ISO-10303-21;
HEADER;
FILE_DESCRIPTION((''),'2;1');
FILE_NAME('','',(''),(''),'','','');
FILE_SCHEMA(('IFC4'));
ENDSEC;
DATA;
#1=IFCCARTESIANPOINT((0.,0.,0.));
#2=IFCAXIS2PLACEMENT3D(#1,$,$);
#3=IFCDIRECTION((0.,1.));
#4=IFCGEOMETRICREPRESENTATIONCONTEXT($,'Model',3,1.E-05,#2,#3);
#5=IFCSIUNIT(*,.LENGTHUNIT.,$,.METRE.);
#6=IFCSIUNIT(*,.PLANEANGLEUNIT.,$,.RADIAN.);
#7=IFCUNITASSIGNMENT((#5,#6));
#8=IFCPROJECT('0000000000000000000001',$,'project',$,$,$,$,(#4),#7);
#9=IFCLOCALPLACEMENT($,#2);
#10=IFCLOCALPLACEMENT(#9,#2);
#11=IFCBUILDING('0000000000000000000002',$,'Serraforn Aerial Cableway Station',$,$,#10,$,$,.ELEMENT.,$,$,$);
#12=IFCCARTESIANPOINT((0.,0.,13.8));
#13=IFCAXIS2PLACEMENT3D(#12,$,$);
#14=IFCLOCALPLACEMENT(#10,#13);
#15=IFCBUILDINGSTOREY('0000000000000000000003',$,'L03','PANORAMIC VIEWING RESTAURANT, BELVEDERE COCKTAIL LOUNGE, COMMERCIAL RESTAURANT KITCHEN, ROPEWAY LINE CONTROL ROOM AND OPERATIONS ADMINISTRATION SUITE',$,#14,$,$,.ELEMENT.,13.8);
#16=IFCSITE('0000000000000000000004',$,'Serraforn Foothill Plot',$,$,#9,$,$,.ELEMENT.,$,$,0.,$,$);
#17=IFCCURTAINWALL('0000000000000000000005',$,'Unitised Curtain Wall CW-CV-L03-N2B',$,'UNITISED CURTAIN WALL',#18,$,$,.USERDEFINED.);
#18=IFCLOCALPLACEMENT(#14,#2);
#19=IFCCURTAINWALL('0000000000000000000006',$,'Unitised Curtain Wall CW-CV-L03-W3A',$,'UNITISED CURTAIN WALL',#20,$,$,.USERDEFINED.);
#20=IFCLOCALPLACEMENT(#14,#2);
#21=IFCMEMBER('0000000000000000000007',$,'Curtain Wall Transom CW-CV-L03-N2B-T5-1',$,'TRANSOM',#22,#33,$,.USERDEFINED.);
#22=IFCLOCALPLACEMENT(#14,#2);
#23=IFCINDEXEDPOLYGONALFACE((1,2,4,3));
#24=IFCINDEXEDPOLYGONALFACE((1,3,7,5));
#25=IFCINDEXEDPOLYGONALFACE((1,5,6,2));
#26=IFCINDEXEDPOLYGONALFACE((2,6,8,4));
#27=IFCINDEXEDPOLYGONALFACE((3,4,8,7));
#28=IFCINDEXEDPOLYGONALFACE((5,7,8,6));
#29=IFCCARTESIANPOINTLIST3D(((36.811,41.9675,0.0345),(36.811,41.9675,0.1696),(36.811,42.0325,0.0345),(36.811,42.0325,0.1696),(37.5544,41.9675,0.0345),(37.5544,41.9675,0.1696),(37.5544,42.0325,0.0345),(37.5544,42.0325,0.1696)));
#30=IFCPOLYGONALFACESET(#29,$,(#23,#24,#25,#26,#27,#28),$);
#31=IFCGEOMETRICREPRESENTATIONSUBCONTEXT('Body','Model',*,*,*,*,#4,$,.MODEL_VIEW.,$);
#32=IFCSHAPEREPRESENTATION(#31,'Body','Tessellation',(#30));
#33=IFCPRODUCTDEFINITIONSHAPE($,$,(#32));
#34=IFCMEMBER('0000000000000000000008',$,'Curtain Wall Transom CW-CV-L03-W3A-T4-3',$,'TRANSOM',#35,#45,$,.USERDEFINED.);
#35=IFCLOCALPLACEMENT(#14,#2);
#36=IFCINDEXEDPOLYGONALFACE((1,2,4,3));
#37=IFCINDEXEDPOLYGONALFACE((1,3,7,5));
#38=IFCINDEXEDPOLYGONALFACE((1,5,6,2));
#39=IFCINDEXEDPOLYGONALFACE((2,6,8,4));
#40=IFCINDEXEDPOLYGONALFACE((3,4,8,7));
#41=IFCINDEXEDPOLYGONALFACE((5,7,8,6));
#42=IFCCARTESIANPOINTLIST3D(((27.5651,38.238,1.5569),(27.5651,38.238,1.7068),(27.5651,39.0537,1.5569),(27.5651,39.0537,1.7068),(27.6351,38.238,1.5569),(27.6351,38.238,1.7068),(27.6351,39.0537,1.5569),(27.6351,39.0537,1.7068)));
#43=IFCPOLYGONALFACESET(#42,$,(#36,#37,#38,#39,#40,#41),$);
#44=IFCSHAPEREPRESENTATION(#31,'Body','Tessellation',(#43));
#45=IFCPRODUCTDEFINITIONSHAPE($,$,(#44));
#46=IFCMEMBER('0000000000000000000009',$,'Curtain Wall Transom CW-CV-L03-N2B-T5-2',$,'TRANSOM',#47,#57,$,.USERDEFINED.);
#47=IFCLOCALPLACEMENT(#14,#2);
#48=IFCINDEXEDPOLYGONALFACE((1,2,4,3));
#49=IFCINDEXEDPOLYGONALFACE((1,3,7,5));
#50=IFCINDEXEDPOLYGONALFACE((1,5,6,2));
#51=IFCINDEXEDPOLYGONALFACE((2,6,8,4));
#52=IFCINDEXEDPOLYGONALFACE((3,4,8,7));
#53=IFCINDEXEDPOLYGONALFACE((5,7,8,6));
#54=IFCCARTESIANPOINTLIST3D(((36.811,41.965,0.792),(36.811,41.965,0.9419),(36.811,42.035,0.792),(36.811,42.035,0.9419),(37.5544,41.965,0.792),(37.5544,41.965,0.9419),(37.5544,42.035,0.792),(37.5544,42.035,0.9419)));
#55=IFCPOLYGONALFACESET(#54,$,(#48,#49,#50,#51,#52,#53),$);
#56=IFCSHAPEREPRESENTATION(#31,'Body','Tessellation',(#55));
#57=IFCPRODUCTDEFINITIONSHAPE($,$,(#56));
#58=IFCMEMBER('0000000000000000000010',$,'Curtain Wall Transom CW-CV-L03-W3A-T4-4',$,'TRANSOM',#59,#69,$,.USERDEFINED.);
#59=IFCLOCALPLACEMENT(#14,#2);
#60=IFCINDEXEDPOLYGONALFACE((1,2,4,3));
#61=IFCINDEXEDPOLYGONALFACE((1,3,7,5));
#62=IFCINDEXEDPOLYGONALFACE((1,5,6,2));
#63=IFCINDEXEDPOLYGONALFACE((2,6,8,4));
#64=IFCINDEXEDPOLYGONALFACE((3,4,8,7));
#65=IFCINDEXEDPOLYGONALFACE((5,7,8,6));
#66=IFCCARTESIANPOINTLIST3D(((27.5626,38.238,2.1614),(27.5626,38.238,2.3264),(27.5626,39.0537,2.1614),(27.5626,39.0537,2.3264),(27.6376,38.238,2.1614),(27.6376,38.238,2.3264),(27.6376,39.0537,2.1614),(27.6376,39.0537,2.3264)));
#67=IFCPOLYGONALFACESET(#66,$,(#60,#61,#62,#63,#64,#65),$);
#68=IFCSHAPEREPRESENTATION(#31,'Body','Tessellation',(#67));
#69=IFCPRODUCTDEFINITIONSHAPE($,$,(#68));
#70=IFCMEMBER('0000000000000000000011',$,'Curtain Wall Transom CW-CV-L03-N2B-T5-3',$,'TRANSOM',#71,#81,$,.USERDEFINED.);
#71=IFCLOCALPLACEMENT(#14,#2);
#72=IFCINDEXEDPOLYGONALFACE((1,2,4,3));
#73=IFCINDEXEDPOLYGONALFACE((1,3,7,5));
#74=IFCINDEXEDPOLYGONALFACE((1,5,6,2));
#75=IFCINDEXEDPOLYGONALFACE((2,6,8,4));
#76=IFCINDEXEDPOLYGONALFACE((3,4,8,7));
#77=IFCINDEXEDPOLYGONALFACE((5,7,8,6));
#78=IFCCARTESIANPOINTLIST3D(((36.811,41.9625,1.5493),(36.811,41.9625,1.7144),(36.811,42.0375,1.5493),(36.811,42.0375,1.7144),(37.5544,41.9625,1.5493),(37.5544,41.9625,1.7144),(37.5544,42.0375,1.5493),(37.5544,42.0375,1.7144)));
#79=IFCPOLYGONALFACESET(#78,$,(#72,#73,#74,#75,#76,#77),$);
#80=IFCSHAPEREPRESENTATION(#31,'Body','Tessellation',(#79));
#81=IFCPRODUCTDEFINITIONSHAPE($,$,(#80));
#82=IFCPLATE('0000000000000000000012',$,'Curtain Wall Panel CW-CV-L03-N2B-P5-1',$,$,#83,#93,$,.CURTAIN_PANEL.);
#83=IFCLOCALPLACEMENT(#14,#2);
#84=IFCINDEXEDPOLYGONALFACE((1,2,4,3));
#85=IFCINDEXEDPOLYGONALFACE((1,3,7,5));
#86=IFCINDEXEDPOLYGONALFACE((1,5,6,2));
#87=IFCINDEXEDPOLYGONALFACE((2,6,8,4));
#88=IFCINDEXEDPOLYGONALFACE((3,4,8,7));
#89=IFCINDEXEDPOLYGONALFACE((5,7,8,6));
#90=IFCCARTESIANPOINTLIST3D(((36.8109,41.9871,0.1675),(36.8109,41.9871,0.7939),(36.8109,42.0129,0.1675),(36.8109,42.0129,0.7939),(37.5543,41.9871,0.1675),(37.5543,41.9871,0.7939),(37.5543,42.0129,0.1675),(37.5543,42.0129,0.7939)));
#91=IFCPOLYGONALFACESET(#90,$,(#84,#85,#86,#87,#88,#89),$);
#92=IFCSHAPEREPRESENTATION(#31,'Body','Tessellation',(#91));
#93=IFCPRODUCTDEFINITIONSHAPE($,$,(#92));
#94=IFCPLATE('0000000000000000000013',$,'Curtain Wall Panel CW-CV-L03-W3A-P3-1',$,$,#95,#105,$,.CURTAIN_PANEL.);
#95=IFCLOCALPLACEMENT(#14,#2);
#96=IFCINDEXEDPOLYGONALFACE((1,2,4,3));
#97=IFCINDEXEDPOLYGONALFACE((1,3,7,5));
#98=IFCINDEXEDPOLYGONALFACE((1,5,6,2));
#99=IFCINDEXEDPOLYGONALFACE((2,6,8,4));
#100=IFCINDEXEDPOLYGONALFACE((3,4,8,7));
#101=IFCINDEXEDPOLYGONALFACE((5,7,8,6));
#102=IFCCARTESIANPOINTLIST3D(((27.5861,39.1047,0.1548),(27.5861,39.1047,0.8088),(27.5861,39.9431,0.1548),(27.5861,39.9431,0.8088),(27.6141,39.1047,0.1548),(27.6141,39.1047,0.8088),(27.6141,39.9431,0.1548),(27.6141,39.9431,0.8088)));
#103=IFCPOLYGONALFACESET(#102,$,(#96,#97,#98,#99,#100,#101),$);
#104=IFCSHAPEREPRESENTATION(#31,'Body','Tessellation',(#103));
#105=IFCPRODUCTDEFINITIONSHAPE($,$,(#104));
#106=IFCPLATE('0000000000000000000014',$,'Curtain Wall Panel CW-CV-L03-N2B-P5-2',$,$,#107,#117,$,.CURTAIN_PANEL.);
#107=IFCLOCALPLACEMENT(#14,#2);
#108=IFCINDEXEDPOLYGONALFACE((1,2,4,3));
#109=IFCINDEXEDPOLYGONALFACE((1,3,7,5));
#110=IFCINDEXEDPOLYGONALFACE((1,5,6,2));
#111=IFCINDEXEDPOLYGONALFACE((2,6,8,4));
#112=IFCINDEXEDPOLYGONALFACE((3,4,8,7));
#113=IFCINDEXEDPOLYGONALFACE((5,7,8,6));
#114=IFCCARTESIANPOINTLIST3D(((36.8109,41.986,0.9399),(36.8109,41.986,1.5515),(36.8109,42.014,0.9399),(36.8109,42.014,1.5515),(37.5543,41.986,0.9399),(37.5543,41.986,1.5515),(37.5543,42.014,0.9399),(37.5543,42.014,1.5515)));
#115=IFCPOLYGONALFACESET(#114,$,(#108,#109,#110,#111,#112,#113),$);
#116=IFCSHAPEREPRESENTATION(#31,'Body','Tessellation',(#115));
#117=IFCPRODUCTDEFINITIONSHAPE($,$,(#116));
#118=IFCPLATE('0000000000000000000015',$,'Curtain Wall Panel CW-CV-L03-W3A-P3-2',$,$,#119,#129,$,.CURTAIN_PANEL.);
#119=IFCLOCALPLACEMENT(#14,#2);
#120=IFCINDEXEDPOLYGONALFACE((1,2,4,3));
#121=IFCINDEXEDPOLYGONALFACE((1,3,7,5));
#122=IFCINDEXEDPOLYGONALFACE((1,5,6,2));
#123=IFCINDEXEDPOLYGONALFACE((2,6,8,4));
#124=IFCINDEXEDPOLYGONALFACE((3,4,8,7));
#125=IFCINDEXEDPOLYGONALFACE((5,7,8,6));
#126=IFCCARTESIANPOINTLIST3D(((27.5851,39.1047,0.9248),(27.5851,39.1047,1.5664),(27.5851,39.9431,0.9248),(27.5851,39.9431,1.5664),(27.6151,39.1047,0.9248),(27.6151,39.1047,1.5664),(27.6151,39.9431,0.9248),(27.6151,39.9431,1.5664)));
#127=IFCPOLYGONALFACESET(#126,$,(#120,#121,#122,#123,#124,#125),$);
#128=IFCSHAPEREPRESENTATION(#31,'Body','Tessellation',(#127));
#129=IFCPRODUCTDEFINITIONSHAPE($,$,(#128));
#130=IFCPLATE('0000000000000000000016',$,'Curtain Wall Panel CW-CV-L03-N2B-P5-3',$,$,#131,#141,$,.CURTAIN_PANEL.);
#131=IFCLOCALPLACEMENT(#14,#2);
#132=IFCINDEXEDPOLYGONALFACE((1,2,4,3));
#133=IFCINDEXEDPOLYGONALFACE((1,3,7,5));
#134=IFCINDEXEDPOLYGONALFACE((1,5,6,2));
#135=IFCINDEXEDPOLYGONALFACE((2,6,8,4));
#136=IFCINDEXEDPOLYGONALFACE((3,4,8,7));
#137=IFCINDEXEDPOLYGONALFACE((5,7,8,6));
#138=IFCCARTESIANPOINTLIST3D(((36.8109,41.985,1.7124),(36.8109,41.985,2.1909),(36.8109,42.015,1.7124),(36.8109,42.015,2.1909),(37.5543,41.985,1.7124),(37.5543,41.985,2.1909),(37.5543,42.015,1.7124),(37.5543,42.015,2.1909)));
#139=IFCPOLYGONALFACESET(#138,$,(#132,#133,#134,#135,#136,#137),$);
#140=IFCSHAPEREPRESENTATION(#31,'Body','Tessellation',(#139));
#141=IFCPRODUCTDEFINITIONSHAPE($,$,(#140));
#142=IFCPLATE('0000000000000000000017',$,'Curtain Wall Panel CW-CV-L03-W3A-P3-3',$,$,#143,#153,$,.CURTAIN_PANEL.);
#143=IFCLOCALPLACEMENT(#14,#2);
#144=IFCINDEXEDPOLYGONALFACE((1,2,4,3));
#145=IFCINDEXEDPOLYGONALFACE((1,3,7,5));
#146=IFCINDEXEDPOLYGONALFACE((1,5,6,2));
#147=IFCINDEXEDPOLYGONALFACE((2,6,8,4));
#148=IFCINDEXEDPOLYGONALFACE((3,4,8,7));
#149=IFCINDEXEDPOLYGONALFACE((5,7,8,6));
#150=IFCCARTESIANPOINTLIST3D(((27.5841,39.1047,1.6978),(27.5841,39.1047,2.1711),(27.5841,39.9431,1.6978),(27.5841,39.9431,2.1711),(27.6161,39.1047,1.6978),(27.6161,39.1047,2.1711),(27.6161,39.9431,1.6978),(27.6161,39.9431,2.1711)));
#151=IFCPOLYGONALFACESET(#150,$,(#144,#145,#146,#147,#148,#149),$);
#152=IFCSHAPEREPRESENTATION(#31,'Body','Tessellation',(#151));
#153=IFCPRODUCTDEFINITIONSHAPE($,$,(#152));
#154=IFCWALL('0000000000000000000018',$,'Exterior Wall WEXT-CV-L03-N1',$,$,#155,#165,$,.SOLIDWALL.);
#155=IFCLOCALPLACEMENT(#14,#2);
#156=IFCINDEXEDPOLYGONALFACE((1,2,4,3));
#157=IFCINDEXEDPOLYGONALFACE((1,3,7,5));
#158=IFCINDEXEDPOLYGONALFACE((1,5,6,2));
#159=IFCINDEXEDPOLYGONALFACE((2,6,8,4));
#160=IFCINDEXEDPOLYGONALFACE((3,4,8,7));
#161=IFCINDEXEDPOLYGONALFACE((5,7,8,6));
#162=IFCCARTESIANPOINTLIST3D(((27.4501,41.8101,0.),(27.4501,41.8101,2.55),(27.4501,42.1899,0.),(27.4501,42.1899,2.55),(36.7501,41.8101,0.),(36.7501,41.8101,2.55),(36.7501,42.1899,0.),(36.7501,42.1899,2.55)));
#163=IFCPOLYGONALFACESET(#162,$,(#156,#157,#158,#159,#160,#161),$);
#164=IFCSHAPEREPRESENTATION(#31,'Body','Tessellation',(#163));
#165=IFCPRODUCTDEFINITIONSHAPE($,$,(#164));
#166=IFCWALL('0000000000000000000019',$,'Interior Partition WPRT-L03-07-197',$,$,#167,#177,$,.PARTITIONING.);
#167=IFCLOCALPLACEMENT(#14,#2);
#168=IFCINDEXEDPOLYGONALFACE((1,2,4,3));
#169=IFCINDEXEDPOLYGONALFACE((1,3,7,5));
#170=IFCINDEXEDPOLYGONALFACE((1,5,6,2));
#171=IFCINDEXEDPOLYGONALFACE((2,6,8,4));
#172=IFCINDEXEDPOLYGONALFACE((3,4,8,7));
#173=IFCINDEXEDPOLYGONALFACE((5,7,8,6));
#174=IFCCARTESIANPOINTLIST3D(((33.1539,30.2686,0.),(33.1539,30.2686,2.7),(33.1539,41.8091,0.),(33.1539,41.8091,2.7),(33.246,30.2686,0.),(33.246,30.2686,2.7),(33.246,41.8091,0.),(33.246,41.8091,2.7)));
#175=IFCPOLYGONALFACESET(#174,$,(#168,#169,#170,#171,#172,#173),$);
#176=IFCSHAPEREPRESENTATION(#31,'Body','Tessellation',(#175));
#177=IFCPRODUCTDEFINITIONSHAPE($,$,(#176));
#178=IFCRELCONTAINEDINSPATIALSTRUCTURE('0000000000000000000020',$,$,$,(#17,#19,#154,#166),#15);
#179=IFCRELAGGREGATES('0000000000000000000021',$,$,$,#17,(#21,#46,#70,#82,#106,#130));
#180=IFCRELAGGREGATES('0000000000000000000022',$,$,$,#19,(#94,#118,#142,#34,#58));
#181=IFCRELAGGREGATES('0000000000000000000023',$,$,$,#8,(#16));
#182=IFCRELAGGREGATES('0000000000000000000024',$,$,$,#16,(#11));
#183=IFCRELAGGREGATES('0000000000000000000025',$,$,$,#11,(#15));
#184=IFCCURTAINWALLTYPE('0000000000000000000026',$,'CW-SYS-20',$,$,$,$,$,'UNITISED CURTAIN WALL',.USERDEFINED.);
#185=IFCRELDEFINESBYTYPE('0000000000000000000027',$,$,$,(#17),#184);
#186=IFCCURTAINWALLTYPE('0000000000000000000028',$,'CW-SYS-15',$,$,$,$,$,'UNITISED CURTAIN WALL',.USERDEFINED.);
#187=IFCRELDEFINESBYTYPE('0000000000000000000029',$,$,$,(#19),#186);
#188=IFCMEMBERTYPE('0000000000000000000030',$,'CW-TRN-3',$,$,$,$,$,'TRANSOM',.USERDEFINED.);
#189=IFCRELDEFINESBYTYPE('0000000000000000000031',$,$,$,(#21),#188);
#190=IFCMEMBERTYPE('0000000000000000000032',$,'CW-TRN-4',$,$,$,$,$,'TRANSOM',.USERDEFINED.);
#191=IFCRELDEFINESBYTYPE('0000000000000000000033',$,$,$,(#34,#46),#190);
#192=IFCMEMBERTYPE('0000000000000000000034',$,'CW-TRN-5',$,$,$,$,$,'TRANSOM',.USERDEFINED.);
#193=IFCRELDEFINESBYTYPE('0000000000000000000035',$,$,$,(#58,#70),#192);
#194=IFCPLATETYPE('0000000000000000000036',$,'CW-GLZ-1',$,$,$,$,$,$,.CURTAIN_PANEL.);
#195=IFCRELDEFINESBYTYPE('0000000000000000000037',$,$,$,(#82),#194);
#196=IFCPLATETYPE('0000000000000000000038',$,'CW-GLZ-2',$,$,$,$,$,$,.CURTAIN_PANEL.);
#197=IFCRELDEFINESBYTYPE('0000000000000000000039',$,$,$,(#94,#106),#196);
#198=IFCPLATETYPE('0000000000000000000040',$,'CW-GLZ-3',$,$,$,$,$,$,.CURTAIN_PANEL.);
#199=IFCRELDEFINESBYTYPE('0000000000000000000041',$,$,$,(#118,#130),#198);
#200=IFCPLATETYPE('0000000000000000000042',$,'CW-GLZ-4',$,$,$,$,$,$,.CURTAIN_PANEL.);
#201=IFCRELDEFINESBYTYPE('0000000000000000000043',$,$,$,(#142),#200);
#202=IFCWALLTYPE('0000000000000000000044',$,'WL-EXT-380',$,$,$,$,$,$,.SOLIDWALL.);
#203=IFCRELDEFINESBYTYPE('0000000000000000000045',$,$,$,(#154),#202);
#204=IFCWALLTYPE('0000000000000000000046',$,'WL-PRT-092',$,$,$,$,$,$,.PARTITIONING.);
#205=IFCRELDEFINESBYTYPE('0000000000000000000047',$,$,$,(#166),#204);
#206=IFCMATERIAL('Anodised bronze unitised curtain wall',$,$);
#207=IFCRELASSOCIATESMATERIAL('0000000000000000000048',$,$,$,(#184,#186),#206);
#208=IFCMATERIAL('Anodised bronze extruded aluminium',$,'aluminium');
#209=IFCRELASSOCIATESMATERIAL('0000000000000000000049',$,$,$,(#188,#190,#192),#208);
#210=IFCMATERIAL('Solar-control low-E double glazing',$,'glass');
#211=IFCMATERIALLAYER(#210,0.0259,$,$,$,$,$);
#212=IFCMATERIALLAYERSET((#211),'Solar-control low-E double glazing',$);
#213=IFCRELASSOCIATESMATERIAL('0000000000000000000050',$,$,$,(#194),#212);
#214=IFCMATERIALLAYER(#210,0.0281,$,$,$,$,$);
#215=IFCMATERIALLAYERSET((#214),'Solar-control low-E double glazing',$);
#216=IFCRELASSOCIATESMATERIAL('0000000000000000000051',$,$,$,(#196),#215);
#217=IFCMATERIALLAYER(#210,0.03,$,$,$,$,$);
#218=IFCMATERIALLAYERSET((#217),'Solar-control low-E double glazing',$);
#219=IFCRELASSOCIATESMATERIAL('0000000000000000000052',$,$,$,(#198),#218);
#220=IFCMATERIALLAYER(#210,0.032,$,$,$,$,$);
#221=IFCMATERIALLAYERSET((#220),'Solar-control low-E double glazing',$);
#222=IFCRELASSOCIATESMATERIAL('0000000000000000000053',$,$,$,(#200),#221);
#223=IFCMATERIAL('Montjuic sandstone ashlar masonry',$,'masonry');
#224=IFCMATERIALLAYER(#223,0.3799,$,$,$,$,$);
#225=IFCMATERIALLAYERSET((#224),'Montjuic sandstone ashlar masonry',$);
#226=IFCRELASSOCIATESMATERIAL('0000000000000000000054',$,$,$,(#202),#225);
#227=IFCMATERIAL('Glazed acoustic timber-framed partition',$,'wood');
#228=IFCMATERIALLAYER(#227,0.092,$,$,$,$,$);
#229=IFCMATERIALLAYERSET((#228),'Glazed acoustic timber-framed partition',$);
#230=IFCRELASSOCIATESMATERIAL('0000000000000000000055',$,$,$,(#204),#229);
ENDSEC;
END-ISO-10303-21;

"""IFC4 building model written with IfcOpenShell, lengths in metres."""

from ifc_helpers import new_model, si_unit, direction, frame, frame_2d, origin, origin_2d, place, context, subcontext, project, spatial, rectangle, extrude, material, layer, layer_set, material_profile, profile_set, type_object, element, aggregate, save


model = new_model("IFC4")

# Units and contexts
model_context = context("Model", 3, precision=1e-05, world=origin(), true_north=direction((0.0, 1.0)))
body_context = subcontext(model_context, "Body", "Model", "MODEL_VIEW")
ifc_project = project(units=[si_unit("LENGTHUNIT", "METRE"), si_unit("PLANEANGLEUNIT", "RADIAN")], contexts=[model_context])

# Site, building, storey
site_placement = place(None, origin())
site = spatial("IfcSite", under=ifc_project, at=site_placement, Name="Serraforn Foothill Plot", CompositionType="ELEMENT", RefElevation=0.0)
building_placement = place(site_placement, origin())
building = spatial("IfcBuilding", under=site, at=building_placement, Name="Serraforn Aerial Cableway Station", CompositionType="ELEMENT")
storey_placement = place(building_placement, frame((0.0, 0.0, 13.8)))
storey = spatial("IfcBuildingStorey", under=building, at=storey_placement, Name="L03", Description="PANORAMIC VIEWING RESTAURANT, BELVEDERE COCKTAIL LOUNGE, COMMERCIAL RESTAURANT KITCHEN, ROPEWAY LINE CONTROL ROOM AND OPERATIONS ADMINISTRATION SUITE", CompositionType="ELEMENT", Elevation=13.8)

# Curtain walls
ifc_material_1 = material(Name="Anodised bronze unitised curtain wall")
curtain_wall_type_1 = type_object("IfcCurtainWallType", Name="CW-SYS-20", ElementType="UNITISED CURTAIN WALL", PredefinedType="USERDEFINED", material=ifc_material_1)
curtain_wall_1_placement = place(storey_placement, origin())
curtain_wall_1 = element("IfcCurtainWall", 1, at=curtain_wall_1_placement, inside=storey, type_object=curtain_wall_type_1, Name="Unitised Curtain Wall CW-CV-L03-N2B", ObjectType="UNITISED CURTAIN WALL", PredefinedType="USERDEFINED")
ifc_material_2 = material(Name="Anodised bronze extruded aluminium", Category="aluminium")
curtain_wall_type_2 = type_object("IfcCurtainWallType", Name="CW-SYS-15", ElementType="UNITISED CURTAIN WALL", PredefinedType="USERDEFINED", material=ifc_material_1)
curtain_wall_2_placement = place(storey_placement, origin())
curtain_wall_2 = element("IfcCurtainWall", 2, at=curtain_wall_2_placement, inside=storey, type_object=curtain_wall_type_2, Name="Unitised Curtain Wall CW-CV-L03-W3A", ObjectType="UNITISED CURTAIN WALL", PredefinedType="USERDEFINED")

# Members
ifc_material_profile_1 = material_profile(ifc_material_2, rectangle(XDim=0.0649, YDim=0.135, at=origin_2d()), Name="CW TRANSOM 65x135")
ifc_profile_set_1 = profile_set([ifc_material_profile_1], Name="Anodised bronze extruded aluminium")
member_type_1 = type_object("IfcMemberType", Name="CW-TRN-3", ElementType="TRANSOM", PredefinedType="USERDEFINED", material=ifc_profile_set_1)
member_1_placement = place(storey_placement, frame((37.5544, 42.0, 0.1021), z_axis=(-1.0, 0.0, 0.0), x_axis=(0.0, -1.0, 0.0)))
member_1 = element("IfcMember", 3, at=member_1_placement, type_object=member_type_1, Name="Curtain Wall Transom CW-CV-L03-N2B-T5-1", ObjectType="TRANSOM", PredefinedType="USERDEFINED", context=body_context, shape_type="SweptSolid", body=[
    extrude(rectangle(XDim=0.0649, YDim=0.135, at=origin_2d()), origin(), (0.0, 0.0, 1.0), 0.7434),
])
ifc_material_profile_2 = material_profile(ifc_material_2, rectangle(XDim=0.0701, YDim=0.1499, at=origin_2d()), Name="CW TRANSOM 70x150")
ifc_profile_set_2 = profile_set([ifc_material_profile_2], Name="Anodised bronze extruded aluminium")
member_type_2 = type_object("IfcMemberType", Name="CW-TRN-4", ElementType="TRANSOM", PredefinedType="USERDEFINED", material=ifc_profile_set_2)
member_2_placement = place(storey_placement, frame((27.6001, 39.0537, 1.6318), z_axis=(0.0, -1.0, 0.0), x_axis=(1.0, 0.0, 0.0)))
member_2 = element("IfcMember", 4, at=member_2_placement, type_object=member_type_2, Name="Curtain Wall Transom CW-CV-L03-W3A-T4-3", ObjectType="TRANSOM", PredefinedType="USERDEFINED", context=body_context, shape_type="SweptSolid", body=[
    extrude(rectangle(XDim=0.0701, YDim=0.1499, at=origin_2d()), origin(), (0.0, 0.0, 1.0), 0.8157),
])
member_3_placement = place(storey_placement, frame((37.5544, 42.0, 0.8669), z_axis=(-1.0, 0.0, 0.0), x_axis=(0.0, -1.0, 0.0)))
member_3 = element("IfcMember", 5, at=member_3_placement, type_object=member_type_2, Name="Curtain Wall Transom CW-CV-L03-N2B-T5-2", ObjectType="TRANSOM", PredefinedType="USERDEFINED", context=body_context, shape_type="SweptSolid", body=[
    extrude(rectangle(XDim=0.0701, YDim=0.1499, at=origin_2d()), origin(), (0.0, 0.0, 1.0), 0.7434),
])
ifc_material_profile_3 = material_profile(ifc_material_2, rectangle(XDim=0.075, YDim=0.165, at=origin_2d()), Name="CW TRANSOM 75x165")
ifc_profile_set_3 = profile_set([ifc_material_profile_3], Name="Anodised bronze extruded aluminium")
member_type_3 = type_object("IfcMemberType", Name="CW-TRN-5", ElementType="TRANSOM", PredefinedType="USERDEFINED", material=ifc_profile_set_3)
member_4_placement = place(storey_placement, frame((27.6001, 39.0537, 2.2439), z_axis=(0.0, -1.0, 0.0), x_axis=(1.0, 0.0, 0.0)))
member_4 = element("IfcMember", 6, at=member_4_placement, type_object=member_type_3, Name="Curtain Wall Transom CW-CV-L03-W3A-T4-4", ObjectType="TRANSOM", PredefinedType="USERDEFINED", context=body_context, shape_type="SweptSolid", body=[
    extrude(rectangle(XDim=0.075, YDim=0.165, at=origin_2d()), origin(), (0.0, 0.0, 1.0), 0.8157),
])
member_5_placement = place(storey_placement, frame((37.5544, 42.0, 1.6318), z_axis=(-1.0, 0.0, 0.0), x_axis=(0.0, -1.0, 0.0)))
member_5 = element("IfcMember", 7, at=member_5_placement, type_object=member_type_3, Name="Curtain Wall Transom CW-CV-L03-N2B-T5-3", ObjectType="TRANSOM", PredefinedType="USERDEFINED", context=body_context, shape_type="SweptSolid", body=[
    extrude(rectangle(XDim=0.075, YDim=0.165, at=origin_2d()), origin(), (0.0, 0.0, 1.0), 0.7434),
])

# Plates
ifc_material_3 = material(Name="Solar-control low-E double glazing", Category="glass")
ifc_layer_1 = layer(ifc_material_3, 0.0259)
ifc_layer_set_1 = layer_set([ifc_layer_1], Name="Solar-control low-E double glazing")
plate_type_1 = type_object("IfcPlateType", Name="CW-GLZ-1", PredefinedType="CURTAIN_PANEL", material=ifc_layer_set_1)
plate_1_placement = place(storey_placement, frame((37.1826, 42.0, 0.1675), z_axis=(0.0, 0.0, 1.0), x_axis=(1.0, 0.0, 0.0)))
plate_1 = element("IfcPlate", 8, at=plate_1_placement, type_object=plate_type_1, Name="Curtain Wall Panel CW-CV-L03-N2B-P5-1", PredefinedType="CURTAIN_PANEL", context=body_context, shape_type="SweptSolid", body=[
    extrude(rectangle(XDim=0.7434, YDim=0.0259, at=origin_2d()), origin(), (0.0, 0.0, 1.0), 0.6265),
])
ifc_layer_2 = layer(ifc_material_3, 0.0281)
ifc_layer_set_2 = layer_set([ifc_layer_2], Name="Solar-control low-E double glazing")
plate_type_2 = type_object("IfcPlateType", Name="CW-GLZ-2", PredefinedType="CURTAIN_PANEL", material=ifc_layer_set_2)
plate_2_placement = place(storey_placement, frame((27.6001, 39.5239, 0.1548), z_axis=(0.0, 0.0, 1.0), x_axis=(1.0, 0.0, 0.0)))
plate_2 = element("IfcPlate", 9, at=plate_2_placement, type_object=plate_type_2, Name="Curtain Wall Panel CW-CV-L03-W3A-P3-1", PredefinedType="CURTAIN_PANEL", context=body_context, shape_type="SweptSolid", body=[
    extrude(rectangle(XDim=0.0281, YDim=0.8384, at=origin_2d()), origin(), (0.0, 0.0, 1.0), 0.6541),
])
plate_3_placement = place(storey_placement, frame((37.1826, 42.0, 0.9399), z_axis=(0.0, 0.0, 1.0), x_axis=(1.0, 0.0, 0.0)))
plate_3 = element("IfcPlate", 10, at=plate_3_placement, type_object=plate_type_2, Name="Curtain Wall Panel CW-CV-L03-N2B-P5-2", PredefinedType="CURTAIN_PANEL", context=body_context, shape_type="SweptSolid", body=[
    extrude(rectangle(XDim=0.7434, YDim=0.0281, at=origin_2d()), origin(), (0.0, 0.0, 1.0), 0.6116),
])
ifc_layer_3 = layer(ifc_material_3, 0.03)
ifc_layer_set_3 = layer_set([ifc_layer_3], Name="Solar-control low-E double glazing")
plate_type_3 = type_object("IfcPlateType", Name="CW-GLZ-3", PredefinedType="CURTAIN_PANEL", material=ifc_layer_set_3)
plate_4_placement = place(storey_placement, frame((27.6001, 39.5239, 0.9248), z_axis=(0.0, 0.0, 1.0), x_axis=(1.0, 0.0, 0.0)))
plate_4 = element("IfcPlate", 11, at=plate_4_placement, type_object=plate_type_3, Name="Curtain Wall Panel CW-CV-L03-W3A-P3-2", PredefinedType="CURTAIN_PANEL", context=body_context, shape_type="SweptSolid", body=[
    extrude(rectangle(XDim=0.03, YDim=0.8384, at=origin_2d()), origin(), (0.0, 0.0, 1.0), 0.6416),
])
plate_5_placement = place(storey_placement, frame((37.1826, 42.0, 1.7124), z_axis=(0.0, 0.0, 1.0), x_axis=(1.0, 0.0, 0.0)))
plate_5 = element("IfcPlate", 12, at=plate_5_placement, type_object=plate_type_3, Name="Curtain Wall Panel CW-CV-L03-N2B-P5-3", PredefinedType="CURTAIN_PANEL", context=body_context, shape_type="SweptSolid", body=[
    extrude(rectangle(XDim=0.7434, YDim=0.03, at=origin_2d()), origin(), (0.0, 0.0, 1.0), 0.4785),
])
aggregate(curtain_wall_1, [member_1, member_3, member_5, plate_1, plate_3, plate_5])
ifc_layer_4 = layer(ifc_material_3, 0.032)
ifc_layer_set_4 = layer_set([ifc_layer_4], Name="Solar-control low-E double glazing")
plate_type_4 = type_object("IfcPlateType", Name="CW-GLZ-4", PredefinedType="CURTAIN_PANEL", material=ifc_layer_set_4)
plate_6_placement = place(storey_placement, frame((27.6001, 39.5239, 1.6978), z_axis=(0.0, 0.0, 1.0), x_axis=(1.0, 0.0, 0.0)))
plate_6 = element("IfcPlate", 13, at=plate_6_placement, type_object=plate_type_4, Name="Curtain Wall Panel CW-CV-L03-W3A-P3-3", PredefinedType="CURTAIN_PANEL", context=body_context, shape_type="SweptSolid", body=[
    extrude(rectangle(XDim=0.032, YDim=0.8384, at=origin_2d()), origin(), (0.0, 0.0, 1.0), 0.4734),
])
aggregate(curtain_wall_2, [plate_2, plate_4, plate_6, member_2, member_4])

# Walls
ifc_material_4 = material(Name="Montjuic sandstone ashlar masonry", Category="masonry")
ifc_layer_5 = layer(ifc_material_4, 0.3799)
ifc_layer_set_5 = layer_set([ifc_layer_5], Name="Montjuic sandstone ashlar masonry")
wall_type_1 = type_object("IfcWallType", Name="WL-EXT-380", PredefinedType="SOLIDWALL", material=ifc_layer_set_5)
wall_1_placement = place(storey_placement, frame((36.75, 42.0, 0.0), z_axis=(0.0, 0.0, 1.0), x_axis=(-1.0, 0.0, 0.0)))
element("IfcWall", 14, at=wall_1_placement, inside=storey, type_object=wall_type_1, Name="Exterior Wall WEXT-CV-L03-N1", PredefinedType="SOLIDWALL", context=body_context, shape_type="SweptSolid", body=[
    extrude(rectangle(XDim=9.3, YDim=0.3799, at=frame_2d((4.6499, 0.0))), origin(), (0.0, 0.0, 1.0), 2.55),
])
ifc_material_5 = material(Name="Glazed acoustic timber-framed partition", Category="wood")
ifc_layer_6 = layer(ifc_material_5, 0.092)
ifc_layer_set_6 = layer_set([ifc_layer_6], Name="Glazed acoustic timber-framed partition")
wall_type_2 = type_object("IfcWallType", Name="WL-PRT-092", PredefinedType="PARTITIONING", material=ifc_layer_set_6)
wall_2_placement = place(storey_placement, frame((33.2, 41.8091, 0.0), z_axis=(0.0, 0.0, 1.0), x_axis=(0.0, -1.0, 0.0)))
element("IfcWall", 15, at=wall_2_placement, inside=storey, type_object=wall_type_2, Name="Interior Partition WPRT-L03-07-197", PredefinedType="PARTITIONING", context=body_context, shape_type="SweptSolid", body=[
    extrude(rectangle(XDim=11.5405, YDim=0.092, at=frame_2d((5.7703, 0.0))), origin(), (0.0, 0.0, 1.0), 2.7),
])

save(model, "model.ifc")
